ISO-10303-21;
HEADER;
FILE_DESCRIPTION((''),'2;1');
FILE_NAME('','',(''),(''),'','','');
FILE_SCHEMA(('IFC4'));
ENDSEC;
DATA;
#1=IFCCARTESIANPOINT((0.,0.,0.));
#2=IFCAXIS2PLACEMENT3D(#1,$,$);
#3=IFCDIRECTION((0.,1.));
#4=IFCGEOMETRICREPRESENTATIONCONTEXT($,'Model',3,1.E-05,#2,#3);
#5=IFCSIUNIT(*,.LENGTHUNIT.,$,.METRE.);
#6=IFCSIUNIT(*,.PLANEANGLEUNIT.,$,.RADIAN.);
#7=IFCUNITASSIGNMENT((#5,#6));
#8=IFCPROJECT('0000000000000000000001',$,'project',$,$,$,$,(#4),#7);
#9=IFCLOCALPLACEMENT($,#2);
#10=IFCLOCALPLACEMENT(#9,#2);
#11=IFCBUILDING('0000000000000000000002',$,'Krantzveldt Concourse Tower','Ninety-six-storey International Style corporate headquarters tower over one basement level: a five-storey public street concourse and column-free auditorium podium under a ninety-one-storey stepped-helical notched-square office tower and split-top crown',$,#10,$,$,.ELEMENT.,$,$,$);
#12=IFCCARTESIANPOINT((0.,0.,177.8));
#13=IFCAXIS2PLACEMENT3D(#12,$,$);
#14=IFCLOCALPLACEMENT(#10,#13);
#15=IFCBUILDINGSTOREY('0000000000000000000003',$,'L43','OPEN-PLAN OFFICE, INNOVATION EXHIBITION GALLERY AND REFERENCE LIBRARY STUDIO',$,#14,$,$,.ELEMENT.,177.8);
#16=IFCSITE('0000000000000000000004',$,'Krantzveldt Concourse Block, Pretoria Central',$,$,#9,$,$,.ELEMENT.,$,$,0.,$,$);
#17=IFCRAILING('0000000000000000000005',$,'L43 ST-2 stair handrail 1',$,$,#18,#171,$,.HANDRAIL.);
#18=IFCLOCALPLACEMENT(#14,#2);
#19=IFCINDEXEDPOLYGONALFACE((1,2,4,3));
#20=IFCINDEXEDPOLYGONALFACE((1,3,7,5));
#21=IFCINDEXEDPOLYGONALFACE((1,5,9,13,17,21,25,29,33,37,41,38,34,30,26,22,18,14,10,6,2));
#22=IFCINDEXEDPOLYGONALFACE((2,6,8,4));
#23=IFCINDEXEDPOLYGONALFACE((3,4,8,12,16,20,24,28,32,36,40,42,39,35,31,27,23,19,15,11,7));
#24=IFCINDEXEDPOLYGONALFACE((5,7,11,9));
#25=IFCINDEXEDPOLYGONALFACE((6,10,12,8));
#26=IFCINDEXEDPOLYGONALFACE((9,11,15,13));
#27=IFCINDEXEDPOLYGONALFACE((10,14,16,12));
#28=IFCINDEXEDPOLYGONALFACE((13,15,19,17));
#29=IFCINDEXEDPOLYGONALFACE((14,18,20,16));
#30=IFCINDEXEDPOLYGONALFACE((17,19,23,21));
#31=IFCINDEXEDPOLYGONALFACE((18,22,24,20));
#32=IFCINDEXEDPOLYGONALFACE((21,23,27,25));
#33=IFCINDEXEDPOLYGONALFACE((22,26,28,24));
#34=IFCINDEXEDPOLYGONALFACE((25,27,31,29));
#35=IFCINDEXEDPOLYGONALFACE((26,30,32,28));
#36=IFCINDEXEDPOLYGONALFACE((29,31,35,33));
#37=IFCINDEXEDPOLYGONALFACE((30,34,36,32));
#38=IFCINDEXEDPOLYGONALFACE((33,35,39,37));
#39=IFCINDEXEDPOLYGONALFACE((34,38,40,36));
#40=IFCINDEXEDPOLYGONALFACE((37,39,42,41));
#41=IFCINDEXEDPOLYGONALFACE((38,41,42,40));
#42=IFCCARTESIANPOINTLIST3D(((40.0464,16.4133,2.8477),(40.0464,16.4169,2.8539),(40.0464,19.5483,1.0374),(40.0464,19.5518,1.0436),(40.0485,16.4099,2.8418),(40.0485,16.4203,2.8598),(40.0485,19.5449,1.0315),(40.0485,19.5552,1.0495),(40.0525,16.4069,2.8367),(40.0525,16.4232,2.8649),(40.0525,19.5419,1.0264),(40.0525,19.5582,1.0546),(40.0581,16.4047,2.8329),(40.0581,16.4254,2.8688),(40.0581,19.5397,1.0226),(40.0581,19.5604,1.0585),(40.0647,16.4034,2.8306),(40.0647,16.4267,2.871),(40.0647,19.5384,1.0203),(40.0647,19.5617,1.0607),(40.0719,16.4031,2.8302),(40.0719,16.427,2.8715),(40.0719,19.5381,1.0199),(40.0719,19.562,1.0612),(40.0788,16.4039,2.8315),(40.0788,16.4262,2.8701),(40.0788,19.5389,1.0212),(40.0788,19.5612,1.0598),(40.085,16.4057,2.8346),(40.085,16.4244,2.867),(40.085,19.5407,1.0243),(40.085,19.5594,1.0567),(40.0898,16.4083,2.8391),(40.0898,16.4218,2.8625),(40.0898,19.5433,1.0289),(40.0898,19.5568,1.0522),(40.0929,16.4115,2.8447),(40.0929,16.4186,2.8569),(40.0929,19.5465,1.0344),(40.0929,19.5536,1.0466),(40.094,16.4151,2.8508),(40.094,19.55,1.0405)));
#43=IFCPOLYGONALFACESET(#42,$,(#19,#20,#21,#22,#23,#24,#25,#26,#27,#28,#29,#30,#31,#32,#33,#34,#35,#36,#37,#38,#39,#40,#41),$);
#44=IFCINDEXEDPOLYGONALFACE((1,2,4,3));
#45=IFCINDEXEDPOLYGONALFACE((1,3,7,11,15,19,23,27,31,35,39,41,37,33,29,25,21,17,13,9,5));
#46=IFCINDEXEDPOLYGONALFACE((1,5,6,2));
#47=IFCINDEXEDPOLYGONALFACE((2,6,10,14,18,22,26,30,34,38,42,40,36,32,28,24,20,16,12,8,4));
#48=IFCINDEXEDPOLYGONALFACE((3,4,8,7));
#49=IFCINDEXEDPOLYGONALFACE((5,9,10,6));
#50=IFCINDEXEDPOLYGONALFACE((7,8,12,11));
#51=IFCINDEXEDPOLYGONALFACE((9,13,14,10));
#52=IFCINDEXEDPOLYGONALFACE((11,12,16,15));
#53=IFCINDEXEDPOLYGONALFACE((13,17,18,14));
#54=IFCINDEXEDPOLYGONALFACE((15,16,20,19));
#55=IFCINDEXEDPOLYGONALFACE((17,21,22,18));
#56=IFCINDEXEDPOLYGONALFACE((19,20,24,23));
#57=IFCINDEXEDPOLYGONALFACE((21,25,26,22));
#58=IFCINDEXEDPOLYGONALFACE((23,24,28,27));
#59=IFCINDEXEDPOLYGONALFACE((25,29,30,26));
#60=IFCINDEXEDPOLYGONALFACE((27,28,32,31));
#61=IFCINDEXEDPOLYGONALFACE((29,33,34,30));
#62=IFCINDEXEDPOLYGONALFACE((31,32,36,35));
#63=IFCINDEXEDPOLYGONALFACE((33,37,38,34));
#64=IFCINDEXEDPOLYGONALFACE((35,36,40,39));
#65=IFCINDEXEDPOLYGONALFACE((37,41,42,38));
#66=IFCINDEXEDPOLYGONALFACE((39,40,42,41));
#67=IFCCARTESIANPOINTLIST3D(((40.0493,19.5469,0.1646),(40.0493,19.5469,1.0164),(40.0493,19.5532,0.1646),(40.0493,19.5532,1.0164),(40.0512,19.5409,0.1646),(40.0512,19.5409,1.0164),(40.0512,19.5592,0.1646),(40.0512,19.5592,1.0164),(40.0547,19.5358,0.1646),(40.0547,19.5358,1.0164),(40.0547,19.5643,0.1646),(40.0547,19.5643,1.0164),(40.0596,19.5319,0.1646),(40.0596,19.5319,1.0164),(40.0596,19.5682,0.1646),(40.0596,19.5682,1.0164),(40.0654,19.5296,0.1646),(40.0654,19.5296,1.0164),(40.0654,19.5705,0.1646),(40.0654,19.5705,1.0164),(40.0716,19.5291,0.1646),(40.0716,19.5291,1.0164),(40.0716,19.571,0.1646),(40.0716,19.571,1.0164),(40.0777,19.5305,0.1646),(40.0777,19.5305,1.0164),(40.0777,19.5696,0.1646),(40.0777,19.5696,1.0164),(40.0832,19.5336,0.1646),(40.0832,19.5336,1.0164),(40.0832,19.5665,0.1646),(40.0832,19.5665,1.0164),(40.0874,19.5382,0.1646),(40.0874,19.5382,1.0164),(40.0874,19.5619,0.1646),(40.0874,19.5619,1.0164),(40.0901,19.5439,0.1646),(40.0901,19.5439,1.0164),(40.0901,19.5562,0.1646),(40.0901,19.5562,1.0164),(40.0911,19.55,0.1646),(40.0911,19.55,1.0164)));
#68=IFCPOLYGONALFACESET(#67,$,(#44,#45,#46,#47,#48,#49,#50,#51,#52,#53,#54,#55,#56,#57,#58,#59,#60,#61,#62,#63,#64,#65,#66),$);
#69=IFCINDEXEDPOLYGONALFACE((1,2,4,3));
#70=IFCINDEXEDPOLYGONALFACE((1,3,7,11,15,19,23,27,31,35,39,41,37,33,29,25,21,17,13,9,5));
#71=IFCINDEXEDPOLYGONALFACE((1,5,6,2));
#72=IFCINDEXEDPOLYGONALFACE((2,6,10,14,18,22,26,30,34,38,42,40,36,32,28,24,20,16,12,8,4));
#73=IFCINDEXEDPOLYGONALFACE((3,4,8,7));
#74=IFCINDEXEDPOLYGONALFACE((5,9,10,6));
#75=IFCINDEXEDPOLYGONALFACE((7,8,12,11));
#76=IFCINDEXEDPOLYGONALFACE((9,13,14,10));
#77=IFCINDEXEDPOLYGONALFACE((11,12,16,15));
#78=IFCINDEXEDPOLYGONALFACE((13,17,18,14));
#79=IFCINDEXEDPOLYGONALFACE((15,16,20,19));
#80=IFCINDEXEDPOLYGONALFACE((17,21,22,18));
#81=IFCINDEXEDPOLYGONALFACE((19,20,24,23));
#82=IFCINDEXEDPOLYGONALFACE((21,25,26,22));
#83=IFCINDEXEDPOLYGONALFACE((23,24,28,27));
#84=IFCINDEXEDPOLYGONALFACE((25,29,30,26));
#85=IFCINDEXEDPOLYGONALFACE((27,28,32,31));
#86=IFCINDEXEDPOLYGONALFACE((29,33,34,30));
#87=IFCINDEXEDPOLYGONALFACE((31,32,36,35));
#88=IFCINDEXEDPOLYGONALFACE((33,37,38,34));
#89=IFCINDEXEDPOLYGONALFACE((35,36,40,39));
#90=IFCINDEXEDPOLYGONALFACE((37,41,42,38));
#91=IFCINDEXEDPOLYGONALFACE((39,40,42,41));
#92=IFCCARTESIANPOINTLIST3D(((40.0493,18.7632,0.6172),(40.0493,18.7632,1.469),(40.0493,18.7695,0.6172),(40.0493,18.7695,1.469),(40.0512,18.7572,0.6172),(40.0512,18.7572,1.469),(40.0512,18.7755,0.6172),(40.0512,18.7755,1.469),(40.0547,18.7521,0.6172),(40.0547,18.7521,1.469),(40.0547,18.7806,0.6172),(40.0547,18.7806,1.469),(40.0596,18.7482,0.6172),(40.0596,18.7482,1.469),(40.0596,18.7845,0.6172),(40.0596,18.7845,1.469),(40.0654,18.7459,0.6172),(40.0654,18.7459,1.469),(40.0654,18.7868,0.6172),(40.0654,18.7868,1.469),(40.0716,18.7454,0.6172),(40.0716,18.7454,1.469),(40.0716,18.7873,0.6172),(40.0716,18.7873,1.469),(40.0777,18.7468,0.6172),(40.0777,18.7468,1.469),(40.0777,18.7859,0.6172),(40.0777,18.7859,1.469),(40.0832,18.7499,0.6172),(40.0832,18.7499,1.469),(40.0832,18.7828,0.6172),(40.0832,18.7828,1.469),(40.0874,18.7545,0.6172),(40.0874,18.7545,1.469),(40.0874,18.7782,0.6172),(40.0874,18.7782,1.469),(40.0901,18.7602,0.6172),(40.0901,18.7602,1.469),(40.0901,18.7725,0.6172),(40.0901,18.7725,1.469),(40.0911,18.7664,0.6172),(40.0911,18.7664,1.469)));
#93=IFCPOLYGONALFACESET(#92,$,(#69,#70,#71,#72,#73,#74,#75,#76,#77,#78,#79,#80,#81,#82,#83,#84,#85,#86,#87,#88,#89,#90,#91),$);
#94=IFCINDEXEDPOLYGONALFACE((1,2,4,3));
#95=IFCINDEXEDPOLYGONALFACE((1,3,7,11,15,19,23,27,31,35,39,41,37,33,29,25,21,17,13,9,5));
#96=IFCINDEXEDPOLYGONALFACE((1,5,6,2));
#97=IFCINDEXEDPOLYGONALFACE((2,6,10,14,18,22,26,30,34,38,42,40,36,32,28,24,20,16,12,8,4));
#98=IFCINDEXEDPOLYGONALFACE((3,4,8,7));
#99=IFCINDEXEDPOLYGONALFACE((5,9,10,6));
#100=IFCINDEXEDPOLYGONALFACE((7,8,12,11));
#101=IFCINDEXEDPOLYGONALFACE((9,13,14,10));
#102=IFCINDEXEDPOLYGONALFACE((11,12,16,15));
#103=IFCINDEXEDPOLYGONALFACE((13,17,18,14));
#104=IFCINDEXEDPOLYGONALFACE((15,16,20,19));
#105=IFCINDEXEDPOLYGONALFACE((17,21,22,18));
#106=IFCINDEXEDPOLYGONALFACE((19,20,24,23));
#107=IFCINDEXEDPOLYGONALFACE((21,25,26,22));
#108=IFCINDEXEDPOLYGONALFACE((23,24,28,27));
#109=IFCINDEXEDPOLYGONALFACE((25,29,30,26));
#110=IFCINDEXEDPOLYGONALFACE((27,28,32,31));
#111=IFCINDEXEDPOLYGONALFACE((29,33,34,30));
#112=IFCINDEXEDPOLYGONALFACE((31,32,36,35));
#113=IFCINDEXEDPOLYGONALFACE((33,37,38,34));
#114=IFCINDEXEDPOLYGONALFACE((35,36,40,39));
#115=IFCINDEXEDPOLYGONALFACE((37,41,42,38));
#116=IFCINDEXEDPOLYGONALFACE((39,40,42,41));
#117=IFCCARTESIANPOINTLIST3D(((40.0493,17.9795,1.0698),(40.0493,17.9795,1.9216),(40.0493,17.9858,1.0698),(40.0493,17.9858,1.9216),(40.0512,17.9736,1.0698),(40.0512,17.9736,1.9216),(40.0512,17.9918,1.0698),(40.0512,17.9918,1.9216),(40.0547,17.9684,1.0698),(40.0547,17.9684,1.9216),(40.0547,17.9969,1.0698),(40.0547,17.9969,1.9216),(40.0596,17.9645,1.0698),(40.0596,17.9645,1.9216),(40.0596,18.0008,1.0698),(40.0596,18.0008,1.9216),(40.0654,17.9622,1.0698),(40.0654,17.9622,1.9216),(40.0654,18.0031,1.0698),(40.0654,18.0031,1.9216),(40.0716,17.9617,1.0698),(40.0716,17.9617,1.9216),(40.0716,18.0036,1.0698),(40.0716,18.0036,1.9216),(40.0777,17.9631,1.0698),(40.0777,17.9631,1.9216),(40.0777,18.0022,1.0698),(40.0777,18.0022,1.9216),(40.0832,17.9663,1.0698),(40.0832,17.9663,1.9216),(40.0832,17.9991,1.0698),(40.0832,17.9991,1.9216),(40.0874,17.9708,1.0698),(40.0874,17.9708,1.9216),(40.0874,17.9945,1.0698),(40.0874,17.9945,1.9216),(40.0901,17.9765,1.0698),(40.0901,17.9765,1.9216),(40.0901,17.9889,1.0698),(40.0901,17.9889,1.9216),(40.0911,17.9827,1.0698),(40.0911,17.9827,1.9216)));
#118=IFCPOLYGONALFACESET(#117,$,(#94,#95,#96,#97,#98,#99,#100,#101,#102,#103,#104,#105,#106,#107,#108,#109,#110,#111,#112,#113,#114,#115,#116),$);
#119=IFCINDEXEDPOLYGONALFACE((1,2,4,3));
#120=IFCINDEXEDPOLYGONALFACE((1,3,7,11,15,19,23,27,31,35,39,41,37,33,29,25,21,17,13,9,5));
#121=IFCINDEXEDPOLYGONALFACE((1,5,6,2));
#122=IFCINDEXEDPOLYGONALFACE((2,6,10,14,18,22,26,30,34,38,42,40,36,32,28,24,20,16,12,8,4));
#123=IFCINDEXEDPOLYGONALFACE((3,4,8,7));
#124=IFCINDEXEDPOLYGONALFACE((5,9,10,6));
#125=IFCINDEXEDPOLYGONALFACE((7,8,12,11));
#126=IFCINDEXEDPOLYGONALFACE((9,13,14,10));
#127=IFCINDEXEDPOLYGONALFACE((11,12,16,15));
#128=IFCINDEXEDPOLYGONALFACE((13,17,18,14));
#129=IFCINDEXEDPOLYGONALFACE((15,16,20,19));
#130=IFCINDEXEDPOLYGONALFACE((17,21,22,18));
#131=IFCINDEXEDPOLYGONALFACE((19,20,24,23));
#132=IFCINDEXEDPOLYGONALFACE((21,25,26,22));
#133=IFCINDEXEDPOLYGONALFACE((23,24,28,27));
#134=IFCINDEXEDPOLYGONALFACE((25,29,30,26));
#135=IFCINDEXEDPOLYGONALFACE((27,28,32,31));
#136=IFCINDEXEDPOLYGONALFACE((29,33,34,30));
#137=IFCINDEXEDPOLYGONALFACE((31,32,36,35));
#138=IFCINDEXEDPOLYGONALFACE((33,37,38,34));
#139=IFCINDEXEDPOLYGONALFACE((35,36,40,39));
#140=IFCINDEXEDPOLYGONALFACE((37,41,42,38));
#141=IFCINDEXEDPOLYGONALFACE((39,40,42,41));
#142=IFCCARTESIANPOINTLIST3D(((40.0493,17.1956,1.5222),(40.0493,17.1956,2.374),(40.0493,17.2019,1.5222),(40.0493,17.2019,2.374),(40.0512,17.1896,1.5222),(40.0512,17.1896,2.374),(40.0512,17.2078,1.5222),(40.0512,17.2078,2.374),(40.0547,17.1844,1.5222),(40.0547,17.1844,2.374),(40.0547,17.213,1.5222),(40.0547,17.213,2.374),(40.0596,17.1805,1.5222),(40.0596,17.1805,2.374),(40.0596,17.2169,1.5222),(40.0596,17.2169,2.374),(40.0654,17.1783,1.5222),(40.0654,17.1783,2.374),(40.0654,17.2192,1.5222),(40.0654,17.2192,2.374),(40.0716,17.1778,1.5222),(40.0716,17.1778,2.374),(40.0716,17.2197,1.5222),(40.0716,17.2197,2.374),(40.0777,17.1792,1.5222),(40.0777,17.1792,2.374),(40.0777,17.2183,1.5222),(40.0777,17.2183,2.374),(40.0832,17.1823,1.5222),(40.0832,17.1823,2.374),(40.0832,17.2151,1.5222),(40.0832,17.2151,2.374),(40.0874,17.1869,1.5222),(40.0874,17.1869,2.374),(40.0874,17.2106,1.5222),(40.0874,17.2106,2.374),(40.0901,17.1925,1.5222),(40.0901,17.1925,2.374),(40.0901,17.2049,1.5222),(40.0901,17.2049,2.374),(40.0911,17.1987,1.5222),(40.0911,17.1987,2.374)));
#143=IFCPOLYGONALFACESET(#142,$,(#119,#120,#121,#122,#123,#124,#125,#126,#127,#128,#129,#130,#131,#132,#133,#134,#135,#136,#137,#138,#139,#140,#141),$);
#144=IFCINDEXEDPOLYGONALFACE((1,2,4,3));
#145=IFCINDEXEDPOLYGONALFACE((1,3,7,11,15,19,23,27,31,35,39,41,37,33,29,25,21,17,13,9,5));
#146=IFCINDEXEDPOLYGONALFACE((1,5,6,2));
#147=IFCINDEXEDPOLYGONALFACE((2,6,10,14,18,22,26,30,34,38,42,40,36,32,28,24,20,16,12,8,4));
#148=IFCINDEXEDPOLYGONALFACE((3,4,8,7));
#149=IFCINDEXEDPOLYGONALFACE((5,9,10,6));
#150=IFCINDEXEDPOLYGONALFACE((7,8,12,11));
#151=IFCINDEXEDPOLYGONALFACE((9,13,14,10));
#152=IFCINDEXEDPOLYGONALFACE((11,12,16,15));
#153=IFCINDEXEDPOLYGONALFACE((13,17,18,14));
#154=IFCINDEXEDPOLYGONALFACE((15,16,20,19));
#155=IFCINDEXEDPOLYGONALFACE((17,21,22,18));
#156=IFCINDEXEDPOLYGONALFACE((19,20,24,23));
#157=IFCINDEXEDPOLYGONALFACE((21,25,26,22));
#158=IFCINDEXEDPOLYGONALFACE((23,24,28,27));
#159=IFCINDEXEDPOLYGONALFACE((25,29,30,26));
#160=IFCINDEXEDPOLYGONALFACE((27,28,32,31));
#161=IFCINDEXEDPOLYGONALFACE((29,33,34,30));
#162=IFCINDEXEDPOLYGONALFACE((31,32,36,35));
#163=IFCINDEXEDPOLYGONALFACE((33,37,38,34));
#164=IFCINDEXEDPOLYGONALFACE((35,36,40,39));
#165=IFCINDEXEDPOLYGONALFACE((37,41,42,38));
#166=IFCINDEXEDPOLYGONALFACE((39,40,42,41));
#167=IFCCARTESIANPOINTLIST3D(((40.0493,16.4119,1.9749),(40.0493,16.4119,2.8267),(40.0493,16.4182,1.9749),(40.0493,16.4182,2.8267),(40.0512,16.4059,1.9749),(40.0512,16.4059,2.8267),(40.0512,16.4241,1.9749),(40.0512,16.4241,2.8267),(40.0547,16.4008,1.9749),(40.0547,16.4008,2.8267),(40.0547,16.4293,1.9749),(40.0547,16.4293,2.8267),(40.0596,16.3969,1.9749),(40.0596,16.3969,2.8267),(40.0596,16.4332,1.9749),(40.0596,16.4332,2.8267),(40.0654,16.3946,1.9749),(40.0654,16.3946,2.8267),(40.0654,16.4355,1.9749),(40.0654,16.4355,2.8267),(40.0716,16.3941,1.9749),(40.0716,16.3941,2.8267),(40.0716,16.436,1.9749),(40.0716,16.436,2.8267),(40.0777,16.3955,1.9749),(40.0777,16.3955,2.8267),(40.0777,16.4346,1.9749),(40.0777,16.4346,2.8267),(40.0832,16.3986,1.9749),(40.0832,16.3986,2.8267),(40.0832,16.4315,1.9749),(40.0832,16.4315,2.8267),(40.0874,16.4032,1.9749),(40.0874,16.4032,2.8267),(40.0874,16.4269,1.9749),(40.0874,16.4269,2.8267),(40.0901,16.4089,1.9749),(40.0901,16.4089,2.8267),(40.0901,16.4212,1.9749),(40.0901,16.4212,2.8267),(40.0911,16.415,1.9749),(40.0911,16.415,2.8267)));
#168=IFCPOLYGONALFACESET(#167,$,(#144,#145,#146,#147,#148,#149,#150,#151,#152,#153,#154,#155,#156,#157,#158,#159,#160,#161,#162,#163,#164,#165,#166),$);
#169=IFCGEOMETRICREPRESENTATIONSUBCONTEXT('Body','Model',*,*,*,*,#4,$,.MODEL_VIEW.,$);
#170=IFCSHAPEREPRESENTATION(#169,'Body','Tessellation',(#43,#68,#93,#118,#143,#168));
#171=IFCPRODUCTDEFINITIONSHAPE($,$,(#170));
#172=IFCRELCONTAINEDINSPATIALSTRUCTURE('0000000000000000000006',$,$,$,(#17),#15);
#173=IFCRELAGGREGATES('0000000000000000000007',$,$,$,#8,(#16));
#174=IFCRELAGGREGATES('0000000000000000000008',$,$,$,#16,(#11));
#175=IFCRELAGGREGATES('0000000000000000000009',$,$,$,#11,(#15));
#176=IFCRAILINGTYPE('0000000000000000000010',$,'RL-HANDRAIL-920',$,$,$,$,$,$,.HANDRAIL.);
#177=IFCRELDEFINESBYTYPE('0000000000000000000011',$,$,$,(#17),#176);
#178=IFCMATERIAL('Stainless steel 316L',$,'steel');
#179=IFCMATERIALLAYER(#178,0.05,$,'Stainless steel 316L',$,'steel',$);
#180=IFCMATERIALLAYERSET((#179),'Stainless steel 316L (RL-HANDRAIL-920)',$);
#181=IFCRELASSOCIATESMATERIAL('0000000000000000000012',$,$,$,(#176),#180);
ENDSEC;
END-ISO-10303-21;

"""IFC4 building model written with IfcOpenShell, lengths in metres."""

from ifc_helpers import new_model, si_unit, direction, frame, origin, origin_2d, place, context, subcontext, project, spatial, circle, extrude, material, layer, layer_set, type_object, element, save


model = new_model("IFC4")

# Units and contexts
model_context = context("Model", 3, precision=1e-05, world=origin(), true_north=direction((0.0, 1.0)))
body_context = subcontext(model_context, "Body", "Model", "MODEL_VIEW")
ifc_project = project(units=[si_unit("LENGTHUNIT", "METRE"), si_unit("PLANEANGLEUNIT", "RADIAN")], contexts=[model_context])

# Site, building, storey
site_placement = place(None, origin())
site = spatial("IfcSite", under=ifc_project, at=site_placement, Name="Krantzveldt Concourse Block, Pretoria Central", CompositionType="ELEMENT", RefElevation=0.0)
building_placement = place(site_placement, origin())
building = spatial("IfcBuilding", under=site, at=building_placement, Name="Krantzveldt Concourse Tower", Description="Ninety-six-storey International Style corporate headquarters tower over one basement level: a five-storey public street concourse and column-free auditorium podium under a ninety-one-storey stepped-helical notched-square office tower and split-top crown", CompositionType="ELEMENT")
storey_placement = place(building_placement, frame((0.0, 0.0, 177.8)))
storey = spatial("IfcBuildingStorey", under=building, at=storey_placement, Name="L43", Description="OPEN-PLAN OFFICE, INNOVATION EXHIBITION GALLERY AND REFERENCE LIBRARY STUDIO", CompositionType="ELEMENT", Elevation=177.8)

# Shared definitions
ifc_material_1 = material(Name="Stainless steel 316L", Category="steel")

# Railing
ifc_layer_1 = layer(ifc_material_1, 0.05, Name="Stainless steel 316L", Category="steel")
ifc_layer_set_1 = layer_set([ifc_layer_1], Name="Stainless steel 316L (RL-HANDRAIL-920)")
railing_type_1 = type_object("IfcRailingType", Name="RL-HANDRAIL-920", PredefinedType="HANDRAIL", material=ifc_layer_set_1)
railing_1_placement = place(storey_placement, frame((40.0701, 19.55, 0.1646)))
element("IfcRailing", 1, at=railing_1_placement, inside=storey, type_object=railing_type_1, Name="L43 ST-2 stair handrail 1", PredefinedType="HANDRAIL", context=body_context, shape_type="SweptSolid", body=[
    extrude(circle(Radius=0.0239, at=origin_2d()), frame((0.0, 0.0, 0.876), z_axis=(0.0, -0.865989, 0.500063), x_axis=(1.0, 0.0, 0.0)), (0.0, 0.0, 1.0), 3.6201),
    extrude(circle(Radius=0.021, at=origin_2d()), origin(), (0.0, 0.0, 1.0), 0.8518),
    extrude(circle(Radius=0.021, at=origin_2d()), frame((0.0, -0.7837, 0.4526)), (0.0, 0.0, 1.0), 0.8518),
    extrude(circle(Radius=0.021, at=origin_2d()), frame((0.0, -1.5674, 0.9053)), (0.0, 0.0, 1.0), 0.8518),
    extrude(circle(Radius=0.021, at=origin_2d()), frame((0.0, -2.3513, 1.3577)), (0.0, 0.0, 1.0), 0.8518),
    extrude(circle(Radius=0.021, at=origin_2d()), frame((0.0, -3.135, 1.8103)), (0.0, 0.0, 1.0), 0.8518),
])

save(model, "model.ifc")
